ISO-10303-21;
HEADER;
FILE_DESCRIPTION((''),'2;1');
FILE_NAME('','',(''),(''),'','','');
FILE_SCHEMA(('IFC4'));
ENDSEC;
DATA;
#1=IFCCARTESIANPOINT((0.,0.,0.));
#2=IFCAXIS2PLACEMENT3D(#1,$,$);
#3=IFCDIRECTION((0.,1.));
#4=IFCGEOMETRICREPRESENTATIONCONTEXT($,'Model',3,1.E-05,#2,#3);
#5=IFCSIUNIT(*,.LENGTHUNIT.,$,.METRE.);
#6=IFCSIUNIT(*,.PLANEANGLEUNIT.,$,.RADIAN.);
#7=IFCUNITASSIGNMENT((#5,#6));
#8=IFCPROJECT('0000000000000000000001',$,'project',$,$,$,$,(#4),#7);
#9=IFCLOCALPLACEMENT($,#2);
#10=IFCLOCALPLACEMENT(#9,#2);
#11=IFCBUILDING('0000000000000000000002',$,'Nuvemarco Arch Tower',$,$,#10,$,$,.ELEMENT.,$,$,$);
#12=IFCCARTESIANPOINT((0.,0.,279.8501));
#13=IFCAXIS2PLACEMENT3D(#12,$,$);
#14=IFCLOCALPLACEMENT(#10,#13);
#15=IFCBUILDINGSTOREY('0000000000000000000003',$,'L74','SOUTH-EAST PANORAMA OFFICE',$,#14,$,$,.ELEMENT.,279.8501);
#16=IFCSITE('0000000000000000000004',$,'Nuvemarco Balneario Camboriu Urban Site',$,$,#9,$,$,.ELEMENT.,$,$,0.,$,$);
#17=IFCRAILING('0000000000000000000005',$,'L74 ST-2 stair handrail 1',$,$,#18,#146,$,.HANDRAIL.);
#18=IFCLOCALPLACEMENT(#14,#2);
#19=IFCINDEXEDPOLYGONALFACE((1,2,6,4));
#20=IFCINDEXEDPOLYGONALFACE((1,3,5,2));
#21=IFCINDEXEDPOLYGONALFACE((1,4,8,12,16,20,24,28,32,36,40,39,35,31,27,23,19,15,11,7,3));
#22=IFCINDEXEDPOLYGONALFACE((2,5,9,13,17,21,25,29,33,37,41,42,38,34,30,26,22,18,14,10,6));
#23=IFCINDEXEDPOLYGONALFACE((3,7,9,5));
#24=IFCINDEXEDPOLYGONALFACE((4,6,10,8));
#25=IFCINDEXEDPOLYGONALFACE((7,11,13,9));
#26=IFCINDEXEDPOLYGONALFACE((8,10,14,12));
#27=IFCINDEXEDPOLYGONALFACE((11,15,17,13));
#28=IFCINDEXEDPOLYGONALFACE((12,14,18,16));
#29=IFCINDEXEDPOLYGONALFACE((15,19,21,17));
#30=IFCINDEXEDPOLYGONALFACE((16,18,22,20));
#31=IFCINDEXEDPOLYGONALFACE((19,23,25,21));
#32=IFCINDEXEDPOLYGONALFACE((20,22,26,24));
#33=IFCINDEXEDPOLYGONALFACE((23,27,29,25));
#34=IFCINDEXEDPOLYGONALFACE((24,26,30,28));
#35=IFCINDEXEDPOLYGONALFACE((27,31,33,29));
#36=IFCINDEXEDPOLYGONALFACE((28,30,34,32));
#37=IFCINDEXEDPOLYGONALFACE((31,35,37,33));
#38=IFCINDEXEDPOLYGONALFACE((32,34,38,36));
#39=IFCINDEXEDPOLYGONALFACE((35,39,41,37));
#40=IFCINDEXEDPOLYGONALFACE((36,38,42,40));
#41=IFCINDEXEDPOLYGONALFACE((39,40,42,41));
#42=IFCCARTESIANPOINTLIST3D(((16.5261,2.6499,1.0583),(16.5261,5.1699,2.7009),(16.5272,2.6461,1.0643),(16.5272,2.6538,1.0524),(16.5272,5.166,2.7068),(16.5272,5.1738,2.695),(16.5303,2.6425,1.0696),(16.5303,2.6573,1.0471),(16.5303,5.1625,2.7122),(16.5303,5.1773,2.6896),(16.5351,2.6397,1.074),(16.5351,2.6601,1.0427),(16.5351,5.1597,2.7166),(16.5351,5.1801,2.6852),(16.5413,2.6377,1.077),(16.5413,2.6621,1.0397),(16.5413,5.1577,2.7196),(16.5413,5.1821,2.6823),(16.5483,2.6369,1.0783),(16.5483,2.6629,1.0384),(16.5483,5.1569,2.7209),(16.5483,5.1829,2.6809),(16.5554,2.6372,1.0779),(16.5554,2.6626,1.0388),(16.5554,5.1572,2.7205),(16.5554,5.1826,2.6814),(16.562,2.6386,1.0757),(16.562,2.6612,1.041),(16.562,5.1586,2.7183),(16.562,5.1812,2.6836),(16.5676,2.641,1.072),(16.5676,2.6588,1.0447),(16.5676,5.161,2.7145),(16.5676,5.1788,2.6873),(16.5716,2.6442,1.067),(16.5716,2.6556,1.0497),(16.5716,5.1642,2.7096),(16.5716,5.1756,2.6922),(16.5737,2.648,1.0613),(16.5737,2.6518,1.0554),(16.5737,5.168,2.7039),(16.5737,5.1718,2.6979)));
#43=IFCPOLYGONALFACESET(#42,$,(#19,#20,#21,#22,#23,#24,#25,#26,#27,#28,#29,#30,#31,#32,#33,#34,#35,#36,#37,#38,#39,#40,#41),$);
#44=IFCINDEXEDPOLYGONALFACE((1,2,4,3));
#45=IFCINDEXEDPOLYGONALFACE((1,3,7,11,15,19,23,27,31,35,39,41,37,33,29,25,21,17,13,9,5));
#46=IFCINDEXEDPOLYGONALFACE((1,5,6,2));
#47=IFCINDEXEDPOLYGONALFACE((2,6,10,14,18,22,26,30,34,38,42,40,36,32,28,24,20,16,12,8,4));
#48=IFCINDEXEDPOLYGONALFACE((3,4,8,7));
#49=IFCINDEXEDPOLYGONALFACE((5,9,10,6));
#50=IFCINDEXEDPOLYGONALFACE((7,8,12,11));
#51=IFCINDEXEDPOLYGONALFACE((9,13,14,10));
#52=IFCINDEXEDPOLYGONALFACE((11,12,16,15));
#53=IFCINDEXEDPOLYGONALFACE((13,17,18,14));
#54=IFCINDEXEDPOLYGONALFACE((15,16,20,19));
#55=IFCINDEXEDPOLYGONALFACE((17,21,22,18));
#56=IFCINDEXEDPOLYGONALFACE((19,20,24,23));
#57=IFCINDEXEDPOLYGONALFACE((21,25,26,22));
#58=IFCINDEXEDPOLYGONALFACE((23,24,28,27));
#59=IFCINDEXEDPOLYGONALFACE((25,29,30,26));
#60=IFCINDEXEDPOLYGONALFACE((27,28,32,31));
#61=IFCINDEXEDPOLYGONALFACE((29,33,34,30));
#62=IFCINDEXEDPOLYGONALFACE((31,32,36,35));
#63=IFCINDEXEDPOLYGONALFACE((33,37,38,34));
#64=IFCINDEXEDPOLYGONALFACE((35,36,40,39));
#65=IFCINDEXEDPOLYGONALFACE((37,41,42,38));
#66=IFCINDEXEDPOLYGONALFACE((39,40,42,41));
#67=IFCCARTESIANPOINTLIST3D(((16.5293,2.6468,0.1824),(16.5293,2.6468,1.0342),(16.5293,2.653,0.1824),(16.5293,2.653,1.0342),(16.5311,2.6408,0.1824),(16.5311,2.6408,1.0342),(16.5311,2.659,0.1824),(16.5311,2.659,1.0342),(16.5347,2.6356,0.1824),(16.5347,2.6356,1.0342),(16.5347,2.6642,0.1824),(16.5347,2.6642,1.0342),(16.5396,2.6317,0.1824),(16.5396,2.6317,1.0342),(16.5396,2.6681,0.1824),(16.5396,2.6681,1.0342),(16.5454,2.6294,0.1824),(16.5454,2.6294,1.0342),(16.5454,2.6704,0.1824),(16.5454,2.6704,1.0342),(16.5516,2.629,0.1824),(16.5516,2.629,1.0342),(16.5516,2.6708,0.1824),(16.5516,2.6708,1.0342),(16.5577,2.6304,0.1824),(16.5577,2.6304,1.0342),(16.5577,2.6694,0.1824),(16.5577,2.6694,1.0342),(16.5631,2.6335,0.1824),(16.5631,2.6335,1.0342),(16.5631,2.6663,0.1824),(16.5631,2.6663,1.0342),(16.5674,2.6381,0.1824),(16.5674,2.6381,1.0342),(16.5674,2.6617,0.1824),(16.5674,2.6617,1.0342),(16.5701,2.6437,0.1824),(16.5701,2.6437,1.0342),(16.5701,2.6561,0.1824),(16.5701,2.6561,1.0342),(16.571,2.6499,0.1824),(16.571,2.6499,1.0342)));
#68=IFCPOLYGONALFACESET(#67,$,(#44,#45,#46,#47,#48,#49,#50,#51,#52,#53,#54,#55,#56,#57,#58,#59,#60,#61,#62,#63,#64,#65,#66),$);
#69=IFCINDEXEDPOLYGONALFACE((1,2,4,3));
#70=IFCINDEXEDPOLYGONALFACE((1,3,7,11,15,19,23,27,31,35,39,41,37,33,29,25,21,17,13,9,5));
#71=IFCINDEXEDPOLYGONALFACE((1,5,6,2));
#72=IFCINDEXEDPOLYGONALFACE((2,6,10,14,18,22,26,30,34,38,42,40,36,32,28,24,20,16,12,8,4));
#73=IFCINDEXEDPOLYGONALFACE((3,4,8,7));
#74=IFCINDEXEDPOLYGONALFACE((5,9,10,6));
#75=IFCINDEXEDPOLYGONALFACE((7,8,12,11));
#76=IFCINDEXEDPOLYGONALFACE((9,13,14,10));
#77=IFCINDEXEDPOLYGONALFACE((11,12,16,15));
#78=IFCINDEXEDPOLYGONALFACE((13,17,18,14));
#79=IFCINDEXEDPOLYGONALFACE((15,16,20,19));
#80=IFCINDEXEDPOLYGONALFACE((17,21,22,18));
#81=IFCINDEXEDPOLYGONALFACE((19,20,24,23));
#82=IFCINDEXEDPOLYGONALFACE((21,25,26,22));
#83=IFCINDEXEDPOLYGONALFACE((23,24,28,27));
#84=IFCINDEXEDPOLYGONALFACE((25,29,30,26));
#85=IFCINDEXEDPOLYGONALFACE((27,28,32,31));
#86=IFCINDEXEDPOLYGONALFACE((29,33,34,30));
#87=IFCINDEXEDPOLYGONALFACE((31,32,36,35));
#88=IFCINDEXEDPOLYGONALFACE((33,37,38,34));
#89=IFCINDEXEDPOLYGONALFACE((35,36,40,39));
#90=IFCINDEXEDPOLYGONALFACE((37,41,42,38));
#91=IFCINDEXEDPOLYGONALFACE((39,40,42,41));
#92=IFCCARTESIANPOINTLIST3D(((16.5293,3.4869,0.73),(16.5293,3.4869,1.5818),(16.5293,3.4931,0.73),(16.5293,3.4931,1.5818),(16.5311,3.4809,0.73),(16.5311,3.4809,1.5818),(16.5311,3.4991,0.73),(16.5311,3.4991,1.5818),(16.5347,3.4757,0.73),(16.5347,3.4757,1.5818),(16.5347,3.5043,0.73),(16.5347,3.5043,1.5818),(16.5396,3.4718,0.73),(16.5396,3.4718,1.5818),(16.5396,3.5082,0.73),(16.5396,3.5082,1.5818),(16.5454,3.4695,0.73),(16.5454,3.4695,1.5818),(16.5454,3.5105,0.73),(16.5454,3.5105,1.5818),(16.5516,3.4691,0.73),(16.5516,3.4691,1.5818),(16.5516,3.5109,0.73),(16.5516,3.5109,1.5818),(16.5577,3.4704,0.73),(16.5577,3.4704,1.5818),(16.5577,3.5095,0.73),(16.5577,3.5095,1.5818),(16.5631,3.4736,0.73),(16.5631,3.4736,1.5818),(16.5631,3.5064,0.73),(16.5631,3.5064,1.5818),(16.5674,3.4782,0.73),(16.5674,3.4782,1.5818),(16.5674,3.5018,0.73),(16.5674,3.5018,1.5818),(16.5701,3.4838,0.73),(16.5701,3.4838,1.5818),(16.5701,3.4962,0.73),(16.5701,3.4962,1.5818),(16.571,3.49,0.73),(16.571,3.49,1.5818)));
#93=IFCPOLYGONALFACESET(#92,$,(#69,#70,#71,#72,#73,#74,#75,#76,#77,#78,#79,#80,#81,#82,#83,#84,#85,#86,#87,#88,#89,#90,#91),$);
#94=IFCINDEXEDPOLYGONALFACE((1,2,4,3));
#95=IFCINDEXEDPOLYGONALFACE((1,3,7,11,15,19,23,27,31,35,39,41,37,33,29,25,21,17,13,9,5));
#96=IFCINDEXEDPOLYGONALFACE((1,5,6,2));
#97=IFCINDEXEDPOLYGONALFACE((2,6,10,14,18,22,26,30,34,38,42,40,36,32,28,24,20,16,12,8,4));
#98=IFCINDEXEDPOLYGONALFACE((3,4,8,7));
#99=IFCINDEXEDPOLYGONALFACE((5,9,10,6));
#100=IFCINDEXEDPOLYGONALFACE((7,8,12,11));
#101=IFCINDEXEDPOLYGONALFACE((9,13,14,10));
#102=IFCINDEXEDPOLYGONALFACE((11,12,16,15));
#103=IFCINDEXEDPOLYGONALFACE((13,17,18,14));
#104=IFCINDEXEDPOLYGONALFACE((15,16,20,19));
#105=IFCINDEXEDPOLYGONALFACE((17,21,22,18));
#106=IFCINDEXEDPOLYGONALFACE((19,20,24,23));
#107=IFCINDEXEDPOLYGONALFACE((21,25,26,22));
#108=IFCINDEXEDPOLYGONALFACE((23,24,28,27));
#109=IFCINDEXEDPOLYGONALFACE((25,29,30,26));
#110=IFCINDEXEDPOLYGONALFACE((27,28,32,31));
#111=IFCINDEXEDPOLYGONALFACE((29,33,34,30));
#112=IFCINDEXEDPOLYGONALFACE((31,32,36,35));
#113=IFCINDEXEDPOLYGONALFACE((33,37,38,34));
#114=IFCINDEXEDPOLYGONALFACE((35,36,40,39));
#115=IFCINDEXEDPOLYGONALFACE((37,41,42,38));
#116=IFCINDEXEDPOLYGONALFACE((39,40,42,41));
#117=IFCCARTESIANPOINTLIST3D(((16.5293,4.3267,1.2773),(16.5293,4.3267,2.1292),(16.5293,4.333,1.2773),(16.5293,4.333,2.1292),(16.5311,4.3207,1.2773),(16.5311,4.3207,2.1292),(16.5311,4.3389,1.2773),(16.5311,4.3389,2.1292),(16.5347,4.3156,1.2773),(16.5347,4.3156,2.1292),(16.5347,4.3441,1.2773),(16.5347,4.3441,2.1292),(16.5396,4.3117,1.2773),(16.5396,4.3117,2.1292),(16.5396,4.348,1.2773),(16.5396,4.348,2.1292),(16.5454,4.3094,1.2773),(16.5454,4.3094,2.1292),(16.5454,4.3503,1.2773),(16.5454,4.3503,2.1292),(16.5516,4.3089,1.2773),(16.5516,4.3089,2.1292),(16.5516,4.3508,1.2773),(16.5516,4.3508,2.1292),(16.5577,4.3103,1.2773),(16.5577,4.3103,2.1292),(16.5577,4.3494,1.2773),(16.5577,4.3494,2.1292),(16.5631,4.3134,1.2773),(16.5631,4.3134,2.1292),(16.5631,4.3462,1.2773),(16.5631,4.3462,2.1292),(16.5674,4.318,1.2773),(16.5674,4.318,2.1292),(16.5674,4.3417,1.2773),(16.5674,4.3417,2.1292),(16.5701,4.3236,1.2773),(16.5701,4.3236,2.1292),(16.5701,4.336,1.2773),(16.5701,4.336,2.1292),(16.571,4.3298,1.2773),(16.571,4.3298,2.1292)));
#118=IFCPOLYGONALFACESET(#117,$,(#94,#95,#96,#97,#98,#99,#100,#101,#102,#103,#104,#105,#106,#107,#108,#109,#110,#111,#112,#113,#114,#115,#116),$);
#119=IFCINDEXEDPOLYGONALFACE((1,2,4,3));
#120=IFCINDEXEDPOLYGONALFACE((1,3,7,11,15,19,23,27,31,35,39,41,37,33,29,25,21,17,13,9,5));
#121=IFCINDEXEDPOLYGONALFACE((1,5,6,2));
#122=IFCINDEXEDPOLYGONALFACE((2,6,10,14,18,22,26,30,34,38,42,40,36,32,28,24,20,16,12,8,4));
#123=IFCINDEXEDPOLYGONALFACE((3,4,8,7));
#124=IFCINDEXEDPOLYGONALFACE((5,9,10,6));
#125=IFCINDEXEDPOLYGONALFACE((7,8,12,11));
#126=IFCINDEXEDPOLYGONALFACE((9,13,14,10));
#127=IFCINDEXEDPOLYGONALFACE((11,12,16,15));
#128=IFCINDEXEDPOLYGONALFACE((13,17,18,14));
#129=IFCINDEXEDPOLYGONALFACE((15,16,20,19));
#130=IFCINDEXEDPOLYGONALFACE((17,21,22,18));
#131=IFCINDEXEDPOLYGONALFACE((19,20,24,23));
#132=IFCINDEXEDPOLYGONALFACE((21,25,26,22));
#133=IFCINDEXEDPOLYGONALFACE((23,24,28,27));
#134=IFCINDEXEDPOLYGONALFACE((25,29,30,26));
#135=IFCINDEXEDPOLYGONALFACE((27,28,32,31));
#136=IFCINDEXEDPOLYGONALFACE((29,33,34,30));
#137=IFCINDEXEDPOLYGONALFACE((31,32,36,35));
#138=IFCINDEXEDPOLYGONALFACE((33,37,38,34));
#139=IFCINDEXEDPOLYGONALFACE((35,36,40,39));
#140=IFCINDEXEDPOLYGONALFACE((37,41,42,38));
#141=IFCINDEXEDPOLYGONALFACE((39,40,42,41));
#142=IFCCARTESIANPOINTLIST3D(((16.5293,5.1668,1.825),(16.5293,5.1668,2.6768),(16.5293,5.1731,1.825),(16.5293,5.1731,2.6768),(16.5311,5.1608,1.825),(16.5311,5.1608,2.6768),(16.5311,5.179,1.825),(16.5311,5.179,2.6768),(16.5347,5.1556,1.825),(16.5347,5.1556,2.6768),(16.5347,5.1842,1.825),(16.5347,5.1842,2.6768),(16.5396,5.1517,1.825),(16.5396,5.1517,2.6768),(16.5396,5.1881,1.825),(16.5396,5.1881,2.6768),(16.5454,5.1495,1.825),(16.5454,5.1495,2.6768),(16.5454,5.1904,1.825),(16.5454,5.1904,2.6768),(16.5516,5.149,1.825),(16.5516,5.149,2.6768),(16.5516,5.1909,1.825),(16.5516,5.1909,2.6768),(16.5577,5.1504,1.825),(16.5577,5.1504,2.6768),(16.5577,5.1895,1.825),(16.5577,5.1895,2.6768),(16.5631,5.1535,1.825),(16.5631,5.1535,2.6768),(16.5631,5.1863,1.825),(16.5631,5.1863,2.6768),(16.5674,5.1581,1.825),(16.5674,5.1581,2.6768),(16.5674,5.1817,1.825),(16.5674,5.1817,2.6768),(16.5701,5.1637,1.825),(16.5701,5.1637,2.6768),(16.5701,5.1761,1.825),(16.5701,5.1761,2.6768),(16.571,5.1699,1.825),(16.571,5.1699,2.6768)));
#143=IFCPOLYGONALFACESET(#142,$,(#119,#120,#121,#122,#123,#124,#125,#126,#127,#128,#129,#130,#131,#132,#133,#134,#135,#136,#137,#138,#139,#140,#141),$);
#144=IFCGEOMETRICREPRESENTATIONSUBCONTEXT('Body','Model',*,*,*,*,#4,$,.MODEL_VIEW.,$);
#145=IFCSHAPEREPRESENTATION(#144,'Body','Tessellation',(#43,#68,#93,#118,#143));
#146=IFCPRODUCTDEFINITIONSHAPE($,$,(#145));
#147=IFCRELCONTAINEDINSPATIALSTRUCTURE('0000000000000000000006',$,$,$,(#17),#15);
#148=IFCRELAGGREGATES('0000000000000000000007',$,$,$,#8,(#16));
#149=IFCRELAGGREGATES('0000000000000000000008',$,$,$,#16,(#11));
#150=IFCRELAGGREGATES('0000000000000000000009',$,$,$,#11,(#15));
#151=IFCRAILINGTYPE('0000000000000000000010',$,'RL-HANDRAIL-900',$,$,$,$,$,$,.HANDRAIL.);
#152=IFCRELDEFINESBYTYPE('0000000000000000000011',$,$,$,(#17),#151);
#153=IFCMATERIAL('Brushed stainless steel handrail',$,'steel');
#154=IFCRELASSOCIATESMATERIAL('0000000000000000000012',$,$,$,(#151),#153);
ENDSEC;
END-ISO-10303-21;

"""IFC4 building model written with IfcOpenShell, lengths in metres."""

from ifc_helpers import new_model, si_unit, direction, frame, origin, origin_2d, place, context, subcontext, project, spatial, circle, extrude, material, type_object, element, save


model = new_model("IFC4")

# Units and contexts
model_context = context("Model", 3, precision=1e-05, world=origin(), true_north=direction((0.0, 1.0)))
body_context = subcontext(model_context, "Body", "Model", "MODEL_VIEW")
ifc_project = project(units=[si_unit("LENGTHUNIT", "METRE"), si_unit("PLANEANGLEUNIT", "RADIAN")], contexts=[model_context])

# Site, building, storey
site_placement = place(None, origin())
site = spatial("IfcSite", under=ifc_project, at=site_placement, Name="Nuvemarco Balneario Camboriu Urban Site", CompositionType="ELEMENT", RefElevation=0.0)
building_placement = place(site_placement, origin())
building = spatial("IfcBuilding", under=site, at=building_placement, Name="Nuvemarco Arch Tower", CompositionType="ELEMENT")
storey_placement = place(building_placement, frame((0.0, 0.0, 279.8501)))
storey = spatial("IfcBuildingStorey", under=building, at=storey_placement, Name="L74", Description="SOUTH-EAST PANORAMA OFFICE", CompositionType="ELEMENT", Elevation=279.8501)

# Railing
ifc_material_1 = material(Name="Brushed stainless steel handrail", Category="steel")
railing_type_1 = type_object("IfcRailingType", Name="RL-HANDRAIL-900", PredefinedType="HANDRAIL", material=ifc_material_1)
railing_1_placement = place(storey_placement, frame((16.55, 2.6499, 0.1824)))
element("IfcRailing", 1, at=railing_1_placement, inside=storey, type_object=railing_type_1, Name="L74 ST-2 stair handrail 1", PredefinedType="HANDRAIL", context=body_context, shape_type="SweptSolid", body=[
    extrude(circle(Radius=0.0239, at=origin_2d()), frame((0.0, 0.0, 0.876), z_axis=(0.0, 0.837749, 0.546055), x_axis=(-1.0, 0.0, 0.0)), (0.0, 0.0, 1.0), 3.0081),
    extrude(circle(Radius=0.021, at=origin_2d()), origin(), (0.0, 0.0, 1.0), 0.8518),
    extrude(circle(Radius=0.021, at=origin_2d()), frame((0.0, 0.8401, 0.5476)), (0.0, 0.0, 1.0), 0.8518),
    extrude(circle(Radius=0.021, at=origin_2d()), frame((0.0, 1.6799, 1.095)), (0.0, 0.0, 1.0), 0.8518),
    extrude(circle(Radius=0.021, at=origin_2d()), frame((0.0, 2.52, 1.6426)), (0.0, 0.0, 1.0), 0.8518),
])

save(model, "model.ifc")
